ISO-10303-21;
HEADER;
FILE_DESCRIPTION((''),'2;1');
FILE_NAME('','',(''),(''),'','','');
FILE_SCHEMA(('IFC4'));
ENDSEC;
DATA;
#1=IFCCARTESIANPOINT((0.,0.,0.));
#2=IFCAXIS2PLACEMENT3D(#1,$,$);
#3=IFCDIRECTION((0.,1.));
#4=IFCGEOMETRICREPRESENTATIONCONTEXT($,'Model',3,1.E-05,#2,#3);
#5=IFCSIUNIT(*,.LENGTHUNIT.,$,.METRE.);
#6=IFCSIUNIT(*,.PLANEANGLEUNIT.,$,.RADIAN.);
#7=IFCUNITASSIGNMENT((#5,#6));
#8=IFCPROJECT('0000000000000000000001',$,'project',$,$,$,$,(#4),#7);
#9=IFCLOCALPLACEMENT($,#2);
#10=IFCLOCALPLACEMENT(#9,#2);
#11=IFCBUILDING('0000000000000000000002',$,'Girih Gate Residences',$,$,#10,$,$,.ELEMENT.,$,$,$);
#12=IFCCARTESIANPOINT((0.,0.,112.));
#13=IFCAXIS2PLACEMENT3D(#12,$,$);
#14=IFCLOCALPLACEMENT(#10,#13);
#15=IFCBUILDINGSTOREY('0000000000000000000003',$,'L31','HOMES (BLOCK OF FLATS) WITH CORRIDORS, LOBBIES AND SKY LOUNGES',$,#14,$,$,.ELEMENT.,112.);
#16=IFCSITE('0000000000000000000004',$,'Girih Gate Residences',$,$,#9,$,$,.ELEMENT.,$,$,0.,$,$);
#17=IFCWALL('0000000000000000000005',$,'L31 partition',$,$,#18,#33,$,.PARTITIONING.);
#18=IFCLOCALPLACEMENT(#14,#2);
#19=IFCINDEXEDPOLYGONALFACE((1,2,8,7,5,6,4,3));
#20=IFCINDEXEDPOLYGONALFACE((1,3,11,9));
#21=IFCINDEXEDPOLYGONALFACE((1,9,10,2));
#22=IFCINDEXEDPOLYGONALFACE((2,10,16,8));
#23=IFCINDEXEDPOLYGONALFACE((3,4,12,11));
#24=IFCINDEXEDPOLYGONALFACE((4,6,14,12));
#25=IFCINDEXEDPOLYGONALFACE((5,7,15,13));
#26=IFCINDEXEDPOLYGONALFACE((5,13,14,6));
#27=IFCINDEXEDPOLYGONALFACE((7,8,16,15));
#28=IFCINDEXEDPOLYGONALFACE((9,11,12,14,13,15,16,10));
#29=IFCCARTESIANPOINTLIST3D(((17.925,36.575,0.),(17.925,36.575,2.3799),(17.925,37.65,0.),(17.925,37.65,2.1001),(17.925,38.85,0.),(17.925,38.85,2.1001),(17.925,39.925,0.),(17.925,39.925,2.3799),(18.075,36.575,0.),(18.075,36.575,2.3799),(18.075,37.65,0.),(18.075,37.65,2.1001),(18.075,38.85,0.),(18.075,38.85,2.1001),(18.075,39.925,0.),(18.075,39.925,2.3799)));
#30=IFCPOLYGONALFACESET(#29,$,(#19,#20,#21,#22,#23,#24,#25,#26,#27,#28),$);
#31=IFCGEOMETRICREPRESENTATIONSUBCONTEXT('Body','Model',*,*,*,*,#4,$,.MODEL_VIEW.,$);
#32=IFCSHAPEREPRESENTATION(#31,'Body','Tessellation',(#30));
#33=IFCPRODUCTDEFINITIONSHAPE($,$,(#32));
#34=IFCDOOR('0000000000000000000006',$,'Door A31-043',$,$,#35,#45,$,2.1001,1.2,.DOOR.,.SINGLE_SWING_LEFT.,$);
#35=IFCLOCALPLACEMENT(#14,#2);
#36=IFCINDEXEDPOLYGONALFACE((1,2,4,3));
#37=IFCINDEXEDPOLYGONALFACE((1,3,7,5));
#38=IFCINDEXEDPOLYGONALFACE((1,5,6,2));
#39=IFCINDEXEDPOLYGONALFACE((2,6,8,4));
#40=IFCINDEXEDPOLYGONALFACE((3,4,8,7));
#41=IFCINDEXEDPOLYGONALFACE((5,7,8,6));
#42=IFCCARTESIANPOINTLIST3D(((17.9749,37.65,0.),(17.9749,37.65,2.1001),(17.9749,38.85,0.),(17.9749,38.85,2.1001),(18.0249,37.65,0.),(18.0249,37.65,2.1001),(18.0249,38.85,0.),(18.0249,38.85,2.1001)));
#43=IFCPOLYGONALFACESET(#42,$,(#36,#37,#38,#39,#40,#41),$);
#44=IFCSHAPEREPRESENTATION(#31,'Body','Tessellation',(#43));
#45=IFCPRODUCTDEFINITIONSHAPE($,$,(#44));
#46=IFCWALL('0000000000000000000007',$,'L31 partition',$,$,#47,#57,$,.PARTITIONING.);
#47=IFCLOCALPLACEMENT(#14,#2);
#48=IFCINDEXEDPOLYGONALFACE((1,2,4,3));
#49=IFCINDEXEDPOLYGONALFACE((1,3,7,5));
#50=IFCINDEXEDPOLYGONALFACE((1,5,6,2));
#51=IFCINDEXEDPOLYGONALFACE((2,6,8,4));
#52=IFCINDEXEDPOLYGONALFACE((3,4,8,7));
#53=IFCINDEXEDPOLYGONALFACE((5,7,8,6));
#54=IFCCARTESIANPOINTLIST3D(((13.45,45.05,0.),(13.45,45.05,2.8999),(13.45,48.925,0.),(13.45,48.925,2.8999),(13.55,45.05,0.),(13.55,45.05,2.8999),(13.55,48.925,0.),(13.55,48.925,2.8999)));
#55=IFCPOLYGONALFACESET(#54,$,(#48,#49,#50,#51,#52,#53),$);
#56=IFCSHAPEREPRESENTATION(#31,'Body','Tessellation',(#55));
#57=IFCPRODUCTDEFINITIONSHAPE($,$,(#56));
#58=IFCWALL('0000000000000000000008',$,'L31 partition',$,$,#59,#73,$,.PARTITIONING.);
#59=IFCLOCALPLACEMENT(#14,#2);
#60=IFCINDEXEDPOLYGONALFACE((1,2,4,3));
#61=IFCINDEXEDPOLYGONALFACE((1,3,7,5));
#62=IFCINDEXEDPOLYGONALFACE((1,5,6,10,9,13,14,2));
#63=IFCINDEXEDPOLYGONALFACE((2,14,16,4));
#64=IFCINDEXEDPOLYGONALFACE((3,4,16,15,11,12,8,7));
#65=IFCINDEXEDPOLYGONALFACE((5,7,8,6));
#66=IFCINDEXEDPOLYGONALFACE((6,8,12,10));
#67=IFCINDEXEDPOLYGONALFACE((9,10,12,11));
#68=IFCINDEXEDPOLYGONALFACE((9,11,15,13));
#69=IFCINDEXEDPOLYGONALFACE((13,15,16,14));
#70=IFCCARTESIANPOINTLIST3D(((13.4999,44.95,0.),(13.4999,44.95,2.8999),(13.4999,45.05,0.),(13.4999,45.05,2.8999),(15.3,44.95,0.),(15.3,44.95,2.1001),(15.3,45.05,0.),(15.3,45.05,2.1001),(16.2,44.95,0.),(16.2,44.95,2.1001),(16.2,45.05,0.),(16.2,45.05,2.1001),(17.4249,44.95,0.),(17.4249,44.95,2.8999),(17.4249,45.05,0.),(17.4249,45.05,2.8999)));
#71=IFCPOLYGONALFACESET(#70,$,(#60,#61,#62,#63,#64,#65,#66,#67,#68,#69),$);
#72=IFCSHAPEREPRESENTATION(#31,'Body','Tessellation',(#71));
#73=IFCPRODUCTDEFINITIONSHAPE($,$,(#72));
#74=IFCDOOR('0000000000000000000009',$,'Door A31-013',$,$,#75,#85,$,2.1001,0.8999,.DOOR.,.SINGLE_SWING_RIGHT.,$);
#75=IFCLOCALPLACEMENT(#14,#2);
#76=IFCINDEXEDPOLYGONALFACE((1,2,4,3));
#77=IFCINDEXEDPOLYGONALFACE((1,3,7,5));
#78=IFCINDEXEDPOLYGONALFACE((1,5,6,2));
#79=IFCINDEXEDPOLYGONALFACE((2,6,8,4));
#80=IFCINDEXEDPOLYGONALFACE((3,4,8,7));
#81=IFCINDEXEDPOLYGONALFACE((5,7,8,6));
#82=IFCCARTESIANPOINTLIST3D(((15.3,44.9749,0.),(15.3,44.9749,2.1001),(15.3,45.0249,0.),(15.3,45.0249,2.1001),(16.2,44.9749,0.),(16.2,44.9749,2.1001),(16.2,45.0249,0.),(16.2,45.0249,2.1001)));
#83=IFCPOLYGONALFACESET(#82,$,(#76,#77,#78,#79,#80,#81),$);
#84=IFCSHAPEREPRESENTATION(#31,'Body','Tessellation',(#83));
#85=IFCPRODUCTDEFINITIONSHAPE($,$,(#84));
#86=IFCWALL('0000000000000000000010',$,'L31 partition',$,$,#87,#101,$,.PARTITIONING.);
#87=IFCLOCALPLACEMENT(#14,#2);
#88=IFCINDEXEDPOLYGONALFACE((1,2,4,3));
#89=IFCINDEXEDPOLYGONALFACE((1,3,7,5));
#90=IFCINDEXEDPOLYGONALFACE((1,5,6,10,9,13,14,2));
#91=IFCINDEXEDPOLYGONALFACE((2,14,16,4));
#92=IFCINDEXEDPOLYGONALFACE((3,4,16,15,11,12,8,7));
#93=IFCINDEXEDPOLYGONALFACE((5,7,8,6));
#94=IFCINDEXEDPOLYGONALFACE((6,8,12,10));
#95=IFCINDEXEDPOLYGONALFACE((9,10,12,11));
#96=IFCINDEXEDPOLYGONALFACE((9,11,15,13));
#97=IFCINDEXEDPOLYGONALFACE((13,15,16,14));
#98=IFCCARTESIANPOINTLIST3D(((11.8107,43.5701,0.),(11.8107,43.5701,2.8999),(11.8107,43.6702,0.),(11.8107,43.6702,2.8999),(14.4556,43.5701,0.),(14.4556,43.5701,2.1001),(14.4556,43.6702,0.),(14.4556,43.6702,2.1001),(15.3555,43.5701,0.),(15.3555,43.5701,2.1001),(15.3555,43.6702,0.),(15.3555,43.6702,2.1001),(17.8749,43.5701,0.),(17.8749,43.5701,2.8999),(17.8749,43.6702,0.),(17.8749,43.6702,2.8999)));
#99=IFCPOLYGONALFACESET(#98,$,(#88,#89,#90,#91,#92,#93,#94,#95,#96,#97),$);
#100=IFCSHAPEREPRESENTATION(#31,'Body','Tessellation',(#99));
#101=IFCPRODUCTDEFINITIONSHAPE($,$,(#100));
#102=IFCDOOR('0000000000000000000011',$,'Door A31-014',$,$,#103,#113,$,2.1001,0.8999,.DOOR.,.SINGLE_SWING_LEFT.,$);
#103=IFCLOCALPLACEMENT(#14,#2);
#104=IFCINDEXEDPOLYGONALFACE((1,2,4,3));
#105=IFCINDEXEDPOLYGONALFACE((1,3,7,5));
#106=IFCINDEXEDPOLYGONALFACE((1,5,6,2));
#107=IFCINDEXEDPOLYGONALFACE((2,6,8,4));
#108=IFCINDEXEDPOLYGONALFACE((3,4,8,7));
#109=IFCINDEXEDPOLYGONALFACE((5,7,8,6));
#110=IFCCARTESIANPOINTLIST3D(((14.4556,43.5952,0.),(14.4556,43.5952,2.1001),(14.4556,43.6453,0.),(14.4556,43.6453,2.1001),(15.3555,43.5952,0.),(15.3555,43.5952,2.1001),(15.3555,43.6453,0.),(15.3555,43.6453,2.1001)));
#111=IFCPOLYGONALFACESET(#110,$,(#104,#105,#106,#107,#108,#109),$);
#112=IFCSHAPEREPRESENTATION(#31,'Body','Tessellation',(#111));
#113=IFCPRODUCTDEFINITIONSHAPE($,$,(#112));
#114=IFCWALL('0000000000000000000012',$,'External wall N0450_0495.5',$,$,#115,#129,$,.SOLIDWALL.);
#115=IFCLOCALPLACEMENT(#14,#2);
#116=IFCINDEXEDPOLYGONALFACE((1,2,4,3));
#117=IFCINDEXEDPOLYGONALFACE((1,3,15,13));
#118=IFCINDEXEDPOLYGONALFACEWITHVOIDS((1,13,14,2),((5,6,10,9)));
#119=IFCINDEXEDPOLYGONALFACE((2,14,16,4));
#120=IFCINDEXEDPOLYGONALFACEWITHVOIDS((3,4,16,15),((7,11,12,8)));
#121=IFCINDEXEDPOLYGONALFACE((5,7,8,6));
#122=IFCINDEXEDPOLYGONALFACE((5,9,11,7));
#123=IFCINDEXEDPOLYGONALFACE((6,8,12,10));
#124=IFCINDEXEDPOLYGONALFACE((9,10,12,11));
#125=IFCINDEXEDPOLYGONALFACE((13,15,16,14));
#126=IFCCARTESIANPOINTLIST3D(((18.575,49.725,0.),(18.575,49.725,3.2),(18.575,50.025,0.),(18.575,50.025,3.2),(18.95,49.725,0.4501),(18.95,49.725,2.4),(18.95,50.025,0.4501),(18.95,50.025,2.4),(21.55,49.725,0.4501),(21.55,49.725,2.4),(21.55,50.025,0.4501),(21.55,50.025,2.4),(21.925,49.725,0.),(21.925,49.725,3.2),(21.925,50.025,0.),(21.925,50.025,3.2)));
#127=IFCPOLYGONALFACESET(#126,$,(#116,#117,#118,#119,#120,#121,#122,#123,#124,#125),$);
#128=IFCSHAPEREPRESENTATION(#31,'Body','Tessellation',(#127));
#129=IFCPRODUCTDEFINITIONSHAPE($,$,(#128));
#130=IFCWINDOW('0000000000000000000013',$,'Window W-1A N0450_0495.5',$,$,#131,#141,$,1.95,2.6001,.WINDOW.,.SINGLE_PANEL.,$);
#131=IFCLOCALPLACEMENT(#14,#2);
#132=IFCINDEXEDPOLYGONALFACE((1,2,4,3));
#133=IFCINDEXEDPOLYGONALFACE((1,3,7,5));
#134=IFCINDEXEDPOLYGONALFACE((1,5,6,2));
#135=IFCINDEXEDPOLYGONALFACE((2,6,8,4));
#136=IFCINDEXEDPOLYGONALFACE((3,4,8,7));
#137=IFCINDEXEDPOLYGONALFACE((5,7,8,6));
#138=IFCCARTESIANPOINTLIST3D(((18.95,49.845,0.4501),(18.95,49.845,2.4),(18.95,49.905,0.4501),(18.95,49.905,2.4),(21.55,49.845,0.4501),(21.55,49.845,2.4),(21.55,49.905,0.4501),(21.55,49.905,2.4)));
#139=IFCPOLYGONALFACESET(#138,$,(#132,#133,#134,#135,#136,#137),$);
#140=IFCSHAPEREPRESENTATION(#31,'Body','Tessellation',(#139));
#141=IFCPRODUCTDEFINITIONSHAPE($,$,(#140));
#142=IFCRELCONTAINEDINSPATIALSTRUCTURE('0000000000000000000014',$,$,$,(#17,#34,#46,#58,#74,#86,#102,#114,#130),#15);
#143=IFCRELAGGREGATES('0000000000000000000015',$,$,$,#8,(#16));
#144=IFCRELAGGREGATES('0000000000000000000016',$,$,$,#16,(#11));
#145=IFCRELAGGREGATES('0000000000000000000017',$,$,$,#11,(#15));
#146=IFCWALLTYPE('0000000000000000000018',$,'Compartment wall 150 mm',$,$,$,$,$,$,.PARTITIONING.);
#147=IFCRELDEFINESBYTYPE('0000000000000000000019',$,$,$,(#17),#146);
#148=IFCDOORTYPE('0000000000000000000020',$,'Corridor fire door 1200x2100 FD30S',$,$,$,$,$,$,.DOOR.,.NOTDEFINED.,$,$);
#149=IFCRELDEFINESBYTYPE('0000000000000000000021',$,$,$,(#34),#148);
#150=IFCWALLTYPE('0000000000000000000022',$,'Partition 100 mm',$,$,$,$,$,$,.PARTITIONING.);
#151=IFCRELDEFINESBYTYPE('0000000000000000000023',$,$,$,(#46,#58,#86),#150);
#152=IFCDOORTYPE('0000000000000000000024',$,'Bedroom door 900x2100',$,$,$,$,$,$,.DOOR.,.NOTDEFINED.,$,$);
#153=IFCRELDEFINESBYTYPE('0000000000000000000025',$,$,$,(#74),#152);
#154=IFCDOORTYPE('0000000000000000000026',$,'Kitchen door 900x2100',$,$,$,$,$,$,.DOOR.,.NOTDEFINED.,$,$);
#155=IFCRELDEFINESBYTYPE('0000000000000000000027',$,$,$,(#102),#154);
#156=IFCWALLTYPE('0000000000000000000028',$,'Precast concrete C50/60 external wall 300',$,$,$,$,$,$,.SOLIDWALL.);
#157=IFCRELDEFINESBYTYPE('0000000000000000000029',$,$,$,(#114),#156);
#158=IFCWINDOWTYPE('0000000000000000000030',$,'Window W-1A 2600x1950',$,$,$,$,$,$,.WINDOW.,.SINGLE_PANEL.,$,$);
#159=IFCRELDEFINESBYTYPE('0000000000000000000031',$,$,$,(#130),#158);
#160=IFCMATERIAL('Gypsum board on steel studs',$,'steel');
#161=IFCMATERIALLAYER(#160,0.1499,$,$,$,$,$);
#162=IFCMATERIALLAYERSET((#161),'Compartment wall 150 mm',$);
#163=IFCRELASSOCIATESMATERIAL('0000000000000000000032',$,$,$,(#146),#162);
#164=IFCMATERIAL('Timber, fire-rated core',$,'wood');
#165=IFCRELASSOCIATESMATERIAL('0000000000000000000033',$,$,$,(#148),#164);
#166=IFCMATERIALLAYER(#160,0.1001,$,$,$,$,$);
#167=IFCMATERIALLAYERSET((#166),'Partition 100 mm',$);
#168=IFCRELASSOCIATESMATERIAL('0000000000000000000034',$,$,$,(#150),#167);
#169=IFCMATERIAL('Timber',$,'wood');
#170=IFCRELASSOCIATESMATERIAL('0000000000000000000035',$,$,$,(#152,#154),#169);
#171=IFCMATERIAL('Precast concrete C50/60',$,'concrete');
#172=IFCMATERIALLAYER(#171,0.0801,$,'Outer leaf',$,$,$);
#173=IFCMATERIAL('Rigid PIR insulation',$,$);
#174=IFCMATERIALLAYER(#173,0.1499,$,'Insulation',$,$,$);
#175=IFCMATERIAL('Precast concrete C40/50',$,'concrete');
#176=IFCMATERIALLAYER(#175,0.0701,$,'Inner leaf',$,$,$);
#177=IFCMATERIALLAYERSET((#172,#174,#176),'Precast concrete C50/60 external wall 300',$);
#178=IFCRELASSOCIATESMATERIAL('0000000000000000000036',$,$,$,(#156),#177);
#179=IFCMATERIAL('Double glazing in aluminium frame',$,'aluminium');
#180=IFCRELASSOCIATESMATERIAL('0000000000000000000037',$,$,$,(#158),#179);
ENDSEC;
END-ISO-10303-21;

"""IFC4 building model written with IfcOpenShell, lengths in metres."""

from ifc_helpers import new_model, si_unit, direction, frame, frame_2d, origin, place, context, subcontext, project, spatial, rectangle, extrude, material, layer, layer_set, type_object, element, fill, save


model = new_model("IFC4")

# Units and contexts
model_context = context("Model", 3, precision=1e-05, world=origin(), true_north=direction((0.0, 1.0)))
body_context = subcontext(model_context, "Body", "Model", "MODEL_VIEW")
ifc_project = project(units=[si_unit("LENGTHUNIT", "METRE"), si_unit("PLANEANGLEUNIT", "RADIAN")], contexts=[model_context])

# Site, building, storey
site_placement = place(None, origin())
site = spatial("IfcSite", under=ifc_project, at=site_placement, Name="Girih Gate Residences", CompositionType="ELEMENT", RefElevation=0.0)
building_placement = place(site_placement, origin())
building = spatial("IfcBuilding", under=site, at=building_placement, Name="Girih Gate Residences", CompositionType="ELEMENT")
storey_placement = place(building_placement, frame((0.0, 0.0, 112.0)))
storey = spatial("IfcBuildingStorey", under=building, at=storey_placement, Name="L31", Description="HOMES (BLOCK OF FLATS) WITH CORRIDORS, LOBBIES AND SKY LOUNGES", CompositionType="ELEMENT", Elevation=112.0)

# Shared definitions
ifc_material_1 = material(Name="Gypsum board on steel studs", Category="steel")
ifc_layer_1 = layer(ifc_material_1, 0.1499)
ifc_layer_set_1 = layer_set([ifc_layer_1], Name="Compartment wall 150 mm")
wall_type_1 = type_object("IfcWallType", Name="Compartment wall 150 mm", PredefinedType="PARTITIONING", material=ifc_layer_set_1)

# Wall, opening, door
ifc_material_2 = material(Name="Timber, fire-rated core", Category="wood")
wall_1_placement = place(storey_placement, frame((18.0, 39.925, 0.0), z_axis=(0.0, 0.0, 1.0), x_axis=(0.0, -1.0, 0.0)))
wall_1 = element("IfcWall", 1, at=wall_1_placement, inside=storey, type_object=wall_type_1, Name="L31 partition", PredefinedType="PARTITIONING", context=body_context, shape_type="SweptSolid", body=[
    extrude(rectangle(XDim=3.3501, YDim=0.1499, at=frame_2d((1.675, 0.0))), origin(), (0.0, 0.0, 1.0), 2.3799),
])
opening_1_placement = place(wall_1_placement, frame((1.075, 0.0, 0.0)))
opening_1 = element("IfcOpeningElement", 2, at=opening_1_placement, cuts=wall_1, PredefinedType="OPENING", context=body_context, shape_type="SweptSolid", body=[
    extrude(rectangle(XDim=1.2, YDim=2.1001, at=frame_2d((0.6001, 1.05))), frame((0.0, 0.085, 0.0), z_axis=(0.0, -1.0, 0.0), x_axis=(1.0, 0.0, 0.0)), (0.0, 0.0, 1.0), 0.1699),
])
door_type_1 = type_object("IfcDoorType", Name="Corridor fire door 1200x2100 FD30S", OperationType="NOTDEFINED", PredefinedType="DOOR", material=ifc_material_2)
door_1_placement = place(opening_1_placement, origin())
door_1 = element("IfcDoor", 3, at=door_1_placement, inside=storey, type_object=door_type_1, Name="Door A31-043", OperationType="SINGLE_SWING_LEFT", OverallHeight=2.1001, OverallWidth=1.2, PredefinedType="DOOR", context=body_context, shape_type="SweptSolid", body=[
    extrude(rectangle(XDim=1.2, YDim=2.1001, at=frame_2d((0.6001, 1.05))), frame((0.0, 0.0249, 0.0), z_axis=(0.0, -1.0, 0.0), x_axis=(1.0, 0.0, 0.0)), (0.0, 0.0, 1.0), 0.05),
])
fill(opening_1, door_1)

# Wall
ifc_layer_2 = layer(ifc_material_1, 0.1001)
ifc_layer_set_2 = layer_set([ifc_layer_2], Name="Partition 100 mm")
wall_type_2 = type_object("IfcWallType", Name="Partition 100 mm", PredefinedType="PARTITIONING", material=ifc_layer_set_2)
wall_2_placement = place(storey_placement, frame((13.5, 45.05, 0.0), z_axis=(0.0, 0.0, 1.0), x_axis=(0.0, 1.0, 0.0)))
element("IfcWall", 4, at=wall_2_placement, inside=storey, type_object=wall_type_2, Name="L31 partition", PredefinedType="PARTITIONING", context=body_context, shape_type="SweptSolid", body=[
    extrude(rectangle(XDim=3.875, YDim=0.1001, at=frame_2d((1.9375, 0.0))), origin(), (0.0, 0.0, 1.0), 2.8999),
])

# Walls, openings, doors
wall_3_placement = place(storey_placement, frame((13.5, 45.0, 0.0), z_axis=(0.0, 0.0, 1.0), x_axis=(1.0, 0.0, 0.0)))
wall_3 = element("IfcWall", 5, at=wall_3_placement, inside=storey, type_object=wall_type_2, Name="L31 partition", PredefinedType="PARTITIONING", context=body_context, shape_type="SweptSolid", body=[
    extrude(rectangle(XDim=3.925, YDim=0.1001, at=frame_2d((1.9624, 0.0))), origin(), (0.0, 0.0, 1.0), 2.8999),
])
opening_2_placement = place(wall_3_placement, frame((1.8, 0.0, 0.0)))
opening_2 = element("IfcOpeningElement", 6, at=opening_2_placement, cuts=wall_3, PredefinedType="OPENING", context=body_context, shape_type="SweptSolid", body=[
    extrude(rectangle(XDim=0.8999, YDim=2.1001, at=frame_2d((0.45, 1.05))), frame((0.0, 0.0601, 0.0), z_axis=(0.0, -1.0, 0.0), x_axis=(1.0, 0.0, 0.0)), (0.0, 0.0, 1.0), 0.1201),
])
ifc_material_3 = material(Name="Timber", Category="wood")
door_type_2 = type_object("IfcDoorType", Name="Bedroom door 900x2100", OperationType="NOTDEFINED", PredefinedType="DOOR", material=ifc_material_3)
door_2_placement = place(opening_2_placement, origin())
door_2 = element("IfcDoor", 7, at=door_2_placement, inside=storey, type_object=door_type_2, Name="Door A31-013", OperationType="SINGLE_SWING_RIGHT", OverallHeight=2.1001, OverallWidth=0.8999, PredefinedType="DOOR", context=body_context, shape_type="SweptSolid", body=[
    extrude(rectangle(XDim=0.8999, YDim=2.1001, at=frame_2d((0.45, 1.05))), frame((0.0, 0.0249, 0.0), z_axis=(0.0, -1.0, 0.0), x_axis=(1.0, 0.0, 0.0)), (0.0, 0.0, 1.0), 0.05),
])
fill(opening_2, door_2)
wall_4_placement = place(storey_placement, frame((17.875, 43.6201, 0.0), z_axis=(0.0, 0.0, 1.0), x_axis=(-1.0, 0.0, 0.0)))
wall_4 = element("IfcWall", 8, at=wall_4_placement, inside=storey, type_object=wall_type_2, Name="L31 partition", PredefinedType="PARTITIONING", context=body_context, shape_type="SweptSolid", body=[
    extrude(rectangle(XDim=6.0642, YDim=0.1001, at=frame_2d((3.0322, 0.0))), origin(), (0.0, 0.0, 1.0), 2.8999),
])
opening_3_placement = place(wall_4_placement, frame((2.5195, 0.0, 0.0)))
opening_3 = element("IfcOpeningElement", 9, at=opening_3_placement, cuts=wall_4, PredefinedType="OPENING", context=body_context, shape_type="SweptSolid", body=[
    extrude(rectangle(XDim=0.8999, YDim=2.1001, at=frame_2d((0.45, 1.05))), frame((0.0, 0.0601, 0.0), z_axis=(0.0, -1.0, 0.0), x_axis=(1.0, 0.0, 0.0)), (0.0, 0.0, 1.0), 0.1201),
])
door_type_3 = type_object("IfcDoorType", Name="Kitchen door 900x2100", OperationType="NOTDEFINED", PredefinedType="DOOR", material=ifc_material_3)
door_3_placement = place(opening_3_placement, origin())
door_3 = element("IfcDoor", 10, at=door_3_placement, inside=storey, type_object=door_type_3, Name="Door A31-014", OperationType="SINGLE_SWING_LEFT", OverallHeight=2.1001, OverallWidth=0.8999, PredefinedType="DOOR", context=body_context, shape_type="SweptSolid", body=[
    extrude(rectangle(XDim=0.8999, YDim=2.1001, at=frame_2d((0.45, 1.05))), frame((0.0, 0.0249, 0.0), z_axis=(0.0, -1.0, 0.0), x_axis=(1.0, 0.0, 0.0)), (0.0, 0.0, 1.0), 0.05),
])
fill(opening_3, door_3)

# Wall, opening, window
ifc_material_4 = material(Name="Precast concrete C50/60", Category="concrete")
ifc_layer_3 = layer(ifc_material_4, 0.0801, Name="Outer leaf")
ifc_material_5 = material(Name="Rigid PIR insulation")
ifc_layer_4 = layer(ifc_material_5, 0.1499, Name="Insulation")
ifc_material_6 = material(Name="Precast concrete C40/50", Category="concrete")
ifc_layer_5 = layer(ifc_material_6, 0.0701, Name="Inner leaf")
ifc_layer_set_3 = layer_set([ifc_layer_3, ifc_layer_4, ifc_layer_5], Name="Precast concrete C50/60 external wall 300")
wall_type_3 = type_object("IfcWallType", Name="Precast concrete C50/60 external wall 300", PredefinedType="SOLIDWALL", material=ifc_layer_set_3)
wall_5_placement = place(storey_placement, frame((18.575, 49.875, 0.0), z_axis=(0.0, 0.0, 1.0), x_axis=(1.0, 0.0, 0.0)))
wall_5 = element("IfcWall", 11, at=wall_5_placement, inside=storey, type_object=wall_type_3, Name="External wall N0450_0495.5", PredefinedType="SOLIDWALL", context=body_context, shape_type="SweptSolid", body=[
    extrude(rectangle(XDim=3.3501, YDim=0.3, at=frame_2d((1.675, 0.0))), origin(), (0.0, 0.0, 1.0), 3.2),
])
opening_4_placement = place(wall_5_placement, frame((0.375, 0.0, 0.45)))
opening_4 = element("IfcOpeningElement", 12, at=opening_4_placement, cuts=wall_5, PredefinedType="OPENING", context=body_context, shape_type="SweptSolid", body=[
    extrude(rectangle(XDim=2.6001, YDim=1.95, at=frame_2d((1.3, 0.9751))), frame((0.0, 0.1599, 0.0), z_axis=(0.0, -1.0, 0.0), x_axis=(1.0, 0.0, 0.0)), (0.0, 0.0, 1.0), 0.3201),
])
ifc_material_7 = material(Name="Double glazing in aluminium frame", Category="aluminium")
window_type = type_object("IfcWindowType", Name="Window W-1A 2600x1950", PartitioningType="SINGLE_PANEL", PredefinedType="WINDOW", material=ifc_material_7)
window_1_placement = place(opening_4_placement, origin())
window_1 = element("IfcWindow", 13, at=window_1_placement, inside=storey, type_object=window_type, Name="Window W-1A N0450_0495.5", OverallHeight=1.95, OverallWidth=2.6001, PartitioningType="SINGLE_PANEL", PredefinedType="WINDOW", context=body_context, shape_type="SweptSolid", body=[
    extrude(rectangle(XDim=2.6001, YDim=1.95, at=frame_2d((1.3, 0.9751))), frame((0.0, 0.03, 0.0), z_axis=(0.0, -1.0, 0.0), x_axis=(1.0, 0.0, 0.0)), (0.0, 0.0, 1.0), 0.0601),
])
fill(opening_4, window_1)

save(model, "model.ifc")
